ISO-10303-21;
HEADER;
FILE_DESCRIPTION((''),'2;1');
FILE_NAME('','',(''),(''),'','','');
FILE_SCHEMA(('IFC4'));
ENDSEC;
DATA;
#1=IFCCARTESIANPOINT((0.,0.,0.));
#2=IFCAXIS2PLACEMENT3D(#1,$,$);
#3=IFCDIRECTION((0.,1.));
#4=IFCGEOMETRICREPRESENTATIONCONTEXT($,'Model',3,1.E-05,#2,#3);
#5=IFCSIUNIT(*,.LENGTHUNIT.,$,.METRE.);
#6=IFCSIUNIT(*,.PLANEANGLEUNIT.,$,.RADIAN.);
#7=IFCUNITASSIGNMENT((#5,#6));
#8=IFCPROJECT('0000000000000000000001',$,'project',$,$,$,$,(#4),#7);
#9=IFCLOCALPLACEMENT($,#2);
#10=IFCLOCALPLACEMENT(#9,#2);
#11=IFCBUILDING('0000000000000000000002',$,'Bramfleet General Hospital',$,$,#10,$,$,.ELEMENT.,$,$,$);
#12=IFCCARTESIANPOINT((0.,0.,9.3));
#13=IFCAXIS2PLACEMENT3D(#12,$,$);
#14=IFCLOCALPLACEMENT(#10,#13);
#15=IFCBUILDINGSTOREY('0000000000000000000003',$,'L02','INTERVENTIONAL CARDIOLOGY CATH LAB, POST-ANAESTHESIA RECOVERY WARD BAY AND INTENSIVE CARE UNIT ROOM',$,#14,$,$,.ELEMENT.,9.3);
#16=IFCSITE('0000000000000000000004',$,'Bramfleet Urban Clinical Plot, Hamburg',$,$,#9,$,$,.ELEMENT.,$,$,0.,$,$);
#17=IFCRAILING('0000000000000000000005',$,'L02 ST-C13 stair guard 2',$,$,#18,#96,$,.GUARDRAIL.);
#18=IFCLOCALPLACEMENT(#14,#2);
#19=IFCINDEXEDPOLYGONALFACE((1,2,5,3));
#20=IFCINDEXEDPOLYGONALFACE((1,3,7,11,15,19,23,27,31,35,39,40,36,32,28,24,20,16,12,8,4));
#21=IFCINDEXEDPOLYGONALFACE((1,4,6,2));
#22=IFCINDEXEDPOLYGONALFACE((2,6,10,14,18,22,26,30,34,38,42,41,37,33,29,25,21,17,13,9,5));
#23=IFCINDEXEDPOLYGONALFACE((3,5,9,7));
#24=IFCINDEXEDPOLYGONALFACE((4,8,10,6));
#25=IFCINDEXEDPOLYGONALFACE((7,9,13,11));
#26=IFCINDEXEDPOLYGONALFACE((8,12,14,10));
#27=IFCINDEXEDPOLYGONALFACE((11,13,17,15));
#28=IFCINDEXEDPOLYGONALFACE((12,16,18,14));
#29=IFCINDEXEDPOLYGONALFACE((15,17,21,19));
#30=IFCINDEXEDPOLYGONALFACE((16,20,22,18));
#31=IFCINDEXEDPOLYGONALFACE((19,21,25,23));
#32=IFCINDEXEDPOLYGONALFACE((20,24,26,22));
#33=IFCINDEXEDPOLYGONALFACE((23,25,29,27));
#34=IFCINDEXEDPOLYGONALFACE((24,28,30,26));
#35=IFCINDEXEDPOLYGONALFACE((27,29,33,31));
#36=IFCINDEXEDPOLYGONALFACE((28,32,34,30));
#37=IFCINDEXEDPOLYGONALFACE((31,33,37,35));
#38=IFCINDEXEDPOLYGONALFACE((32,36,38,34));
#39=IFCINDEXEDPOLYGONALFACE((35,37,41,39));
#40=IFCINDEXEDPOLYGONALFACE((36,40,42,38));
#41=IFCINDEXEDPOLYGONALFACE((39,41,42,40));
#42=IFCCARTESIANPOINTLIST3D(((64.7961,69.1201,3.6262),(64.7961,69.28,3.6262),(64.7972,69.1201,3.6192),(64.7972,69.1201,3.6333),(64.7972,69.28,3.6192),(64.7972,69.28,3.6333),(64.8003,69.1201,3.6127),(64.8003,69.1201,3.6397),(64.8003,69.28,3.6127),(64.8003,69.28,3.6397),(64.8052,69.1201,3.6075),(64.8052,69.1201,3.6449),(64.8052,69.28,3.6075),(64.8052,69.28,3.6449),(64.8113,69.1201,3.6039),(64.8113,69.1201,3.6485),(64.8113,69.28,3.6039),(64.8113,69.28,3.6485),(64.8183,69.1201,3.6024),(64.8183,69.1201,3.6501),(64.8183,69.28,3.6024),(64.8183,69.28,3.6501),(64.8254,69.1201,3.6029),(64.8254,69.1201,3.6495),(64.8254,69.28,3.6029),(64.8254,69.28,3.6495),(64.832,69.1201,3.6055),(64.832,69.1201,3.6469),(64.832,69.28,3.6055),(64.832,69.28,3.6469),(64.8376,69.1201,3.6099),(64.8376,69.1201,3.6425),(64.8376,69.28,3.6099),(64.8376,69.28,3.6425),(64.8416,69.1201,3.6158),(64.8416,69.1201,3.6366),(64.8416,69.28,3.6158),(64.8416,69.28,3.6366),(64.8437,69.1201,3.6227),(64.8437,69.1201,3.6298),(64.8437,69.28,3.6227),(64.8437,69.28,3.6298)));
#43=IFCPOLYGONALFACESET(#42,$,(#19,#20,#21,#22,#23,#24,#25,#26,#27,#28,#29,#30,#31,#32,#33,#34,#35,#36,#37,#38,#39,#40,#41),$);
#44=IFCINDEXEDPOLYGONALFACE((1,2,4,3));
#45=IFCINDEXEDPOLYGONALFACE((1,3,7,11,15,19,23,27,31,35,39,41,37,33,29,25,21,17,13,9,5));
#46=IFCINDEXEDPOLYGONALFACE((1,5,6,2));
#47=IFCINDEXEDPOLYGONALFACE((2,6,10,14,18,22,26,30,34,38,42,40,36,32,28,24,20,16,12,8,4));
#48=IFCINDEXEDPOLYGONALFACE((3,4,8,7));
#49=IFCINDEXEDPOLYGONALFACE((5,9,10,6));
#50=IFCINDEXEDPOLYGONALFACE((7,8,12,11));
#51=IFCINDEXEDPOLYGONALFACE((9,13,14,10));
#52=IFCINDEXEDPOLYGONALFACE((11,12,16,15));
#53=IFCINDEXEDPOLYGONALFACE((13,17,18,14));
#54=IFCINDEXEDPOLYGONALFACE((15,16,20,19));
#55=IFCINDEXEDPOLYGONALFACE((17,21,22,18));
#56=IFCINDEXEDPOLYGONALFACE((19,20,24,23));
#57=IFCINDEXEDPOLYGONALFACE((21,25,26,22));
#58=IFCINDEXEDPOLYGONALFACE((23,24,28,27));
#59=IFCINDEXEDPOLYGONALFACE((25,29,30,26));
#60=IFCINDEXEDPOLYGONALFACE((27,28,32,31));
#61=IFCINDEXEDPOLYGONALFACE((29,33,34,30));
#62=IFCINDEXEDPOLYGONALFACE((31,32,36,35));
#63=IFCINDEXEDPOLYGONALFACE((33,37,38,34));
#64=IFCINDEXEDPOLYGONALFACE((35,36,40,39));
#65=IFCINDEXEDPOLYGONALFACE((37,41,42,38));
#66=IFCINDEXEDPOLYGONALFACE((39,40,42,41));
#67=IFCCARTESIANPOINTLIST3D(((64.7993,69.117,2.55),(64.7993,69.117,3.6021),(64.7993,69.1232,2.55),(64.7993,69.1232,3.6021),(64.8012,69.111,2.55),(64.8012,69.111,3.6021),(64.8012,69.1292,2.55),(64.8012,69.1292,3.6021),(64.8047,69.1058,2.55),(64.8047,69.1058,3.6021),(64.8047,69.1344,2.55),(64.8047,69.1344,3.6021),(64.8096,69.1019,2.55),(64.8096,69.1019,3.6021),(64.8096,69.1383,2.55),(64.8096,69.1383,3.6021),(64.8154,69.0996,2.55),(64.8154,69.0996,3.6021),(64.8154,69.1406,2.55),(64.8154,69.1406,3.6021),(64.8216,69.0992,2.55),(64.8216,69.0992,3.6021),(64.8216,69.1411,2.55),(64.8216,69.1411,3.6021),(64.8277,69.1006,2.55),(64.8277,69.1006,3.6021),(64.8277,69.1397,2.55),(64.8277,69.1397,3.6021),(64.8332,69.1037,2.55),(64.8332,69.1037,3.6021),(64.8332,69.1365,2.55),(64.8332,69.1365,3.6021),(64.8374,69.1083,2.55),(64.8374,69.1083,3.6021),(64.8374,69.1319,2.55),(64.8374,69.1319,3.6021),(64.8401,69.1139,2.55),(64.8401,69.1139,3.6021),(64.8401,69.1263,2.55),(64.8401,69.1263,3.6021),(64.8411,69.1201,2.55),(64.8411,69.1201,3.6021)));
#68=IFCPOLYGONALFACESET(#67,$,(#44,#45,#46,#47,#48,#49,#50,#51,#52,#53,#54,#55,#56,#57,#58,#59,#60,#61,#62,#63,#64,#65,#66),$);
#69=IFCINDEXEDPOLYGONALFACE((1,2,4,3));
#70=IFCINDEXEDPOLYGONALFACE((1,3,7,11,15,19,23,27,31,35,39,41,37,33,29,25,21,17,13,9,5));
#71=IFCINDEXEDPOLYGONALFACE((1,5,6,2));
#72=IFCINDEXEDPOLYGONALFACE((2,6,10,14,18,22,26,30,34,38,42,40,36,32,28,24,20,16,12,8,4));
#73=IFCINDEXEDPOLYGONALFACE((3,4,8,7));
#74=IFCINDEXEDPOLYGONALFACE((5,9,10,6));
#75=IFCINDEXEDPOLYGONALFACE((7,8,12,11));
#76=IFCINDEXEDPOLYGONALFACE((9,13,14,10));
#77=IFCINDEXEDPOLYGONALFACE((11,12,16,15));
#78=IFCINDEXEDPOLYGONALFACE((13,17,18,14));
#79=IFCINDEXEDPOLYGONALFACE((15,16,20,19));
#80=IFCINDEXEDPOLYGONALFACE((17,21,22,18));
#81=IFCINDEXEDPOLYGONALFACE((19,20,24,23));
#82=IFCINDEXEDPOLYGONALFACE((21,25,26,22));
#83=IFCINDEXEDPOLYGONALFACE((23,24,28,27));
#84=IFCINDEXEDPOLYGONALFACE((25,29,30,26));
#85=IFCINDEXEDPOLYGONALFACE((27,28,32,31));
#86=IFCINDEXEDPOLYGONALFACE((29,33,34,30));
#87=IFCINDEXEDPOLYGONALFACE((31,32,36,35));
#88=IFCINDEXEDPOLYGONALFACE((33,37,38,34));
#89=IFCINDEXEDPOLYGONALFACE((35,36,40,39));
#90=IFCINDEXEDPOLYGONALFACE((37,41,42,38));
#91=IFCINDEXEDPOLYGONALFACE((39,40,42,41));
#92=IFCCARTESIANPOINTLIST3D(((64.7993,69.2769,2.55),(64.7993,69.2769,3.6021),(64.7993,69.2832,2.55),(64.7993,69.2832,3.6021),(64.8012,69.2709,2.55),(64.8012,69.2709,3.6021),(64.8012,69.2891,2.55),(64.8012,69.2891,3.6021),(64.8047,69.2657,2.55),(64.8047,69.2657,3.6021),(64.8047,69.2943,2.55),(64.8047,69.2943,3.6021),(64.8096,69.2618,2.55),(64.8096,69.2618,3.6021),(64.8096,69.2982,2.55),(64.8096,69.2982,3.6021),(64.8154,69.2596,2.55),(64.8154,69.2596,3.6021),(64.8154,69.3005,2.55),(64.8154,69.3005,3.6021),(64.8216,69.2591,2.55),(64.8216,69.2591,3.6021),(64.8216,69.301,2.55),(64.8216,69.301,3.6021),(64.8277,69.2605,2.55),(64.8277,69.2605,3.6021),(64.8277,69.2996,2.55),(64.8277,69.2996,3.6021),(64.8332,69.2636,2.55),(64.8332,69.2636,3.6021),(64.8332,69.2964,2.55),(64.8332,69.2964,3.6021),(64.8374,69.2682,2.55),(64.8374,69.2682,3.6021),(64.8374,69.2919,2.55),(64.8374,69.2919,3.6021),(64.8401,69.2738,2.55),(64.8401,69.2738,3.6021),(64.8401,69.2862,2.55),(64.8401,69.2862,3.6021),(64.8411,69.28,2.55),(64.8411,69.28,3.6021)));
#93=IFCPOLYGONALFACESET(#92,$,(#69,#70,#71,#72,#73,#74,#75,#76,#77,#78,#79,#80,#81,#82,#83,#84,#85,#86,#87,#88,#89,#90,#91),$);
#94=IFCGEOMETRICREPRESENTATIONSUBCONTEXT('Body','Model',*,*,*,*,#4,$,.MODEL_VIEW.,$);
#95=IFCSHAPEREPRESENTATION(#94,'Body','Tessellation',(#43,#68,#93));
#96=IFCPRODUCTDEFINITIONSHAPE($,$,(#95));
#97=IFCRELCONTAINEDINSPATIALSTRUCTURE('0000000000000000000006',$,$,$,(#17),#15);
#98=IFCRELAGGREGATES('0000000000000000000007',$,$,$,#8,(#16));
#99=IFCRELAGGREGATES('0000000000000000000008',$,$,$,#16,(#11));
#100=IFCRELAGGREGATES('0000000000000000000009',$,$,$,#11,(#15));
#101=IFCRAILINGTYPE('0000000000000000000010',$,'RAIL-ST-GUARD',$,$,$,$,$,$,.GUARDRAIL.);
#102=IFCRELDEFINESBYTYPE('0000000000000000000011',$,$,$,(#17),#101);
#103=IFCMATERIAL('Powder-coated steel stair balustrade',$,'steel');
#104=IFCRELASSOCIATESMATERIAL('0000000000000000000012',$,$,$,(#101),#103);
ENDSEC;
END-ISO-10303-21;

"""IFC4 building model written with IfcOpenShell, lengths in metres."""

from ifc_helpers import new_model, si_unit, direction, frame, origin, origin_2d, place, context, subcontext, project, spatial, circle, extrude, material, type_object, element, save


model = new_model("IFC4")

# Units and contexts
model_context = context("Model", 3, precision=1e-05, world=origin(), true_north=direction((0.0, 1.0)))
body_context = subcontext(model_context, "Body", "Model", "MODEL_VIEW")
ifc_project = project(units=[si_unit("LENGTHUNIT", "METRE"), si_unit("PLANEANGLEUNIT", "RADIAN")], contexts=[model_context])

# Site, building, storey
site_placement = place(None, origin())
site = spatial("IfcSite", under=ifc_project, at=site_placement, Name="Bramfleet Urban Clinical Plot, Hamburg", CompositionType="ELEMENT", RefElevation=0.0)
building_placement = place(site_placement, origin())
building = spatial("IfcBuilding", under=site, at=building_placement, Name="Bramfleet General Hospital", CompositionType="ELEMENT")
storey_placement = place(building_placement, frame((0.0, 0.0, 9.3)))
storey = spatial("IfcBuildingStorey", under=building, at=storey_placement, Name="L02", Description="INTERVENTIONAL CARDIOLOGY CATH LAB, POST-ANAESTHESIA RECOVERY WARD BAY AND INTENSIVE CARE UNIT ROOM", CompositionType="ELEMENT", Elevation=9.3)

# Railing
ifc_material_1 = material(Name="Powder-coated steel stair balustrade", Category="steel")
railing_type_1 = type_object("IfcRailingType", Name="RAIL-ST-GUARD", PredefinedType="GUARDRAIL", material=ifc_material_1)
railing_1_placement = place(storey_placement, frame((64.8201, 69.1201, 2.55)))
element("IfcRailing", 1, at=railing_1_placement, inside=storey, type_object=railing_type_1, Name="L02 ST-C13 stair guard 2", PredefinedType="GUARDRAIL", context=body_context, shape_type="SweptSolid", body=[
    extrude(circle(Radius=0.0239, at=origin_2d()), frame((0.0, 0.0, 1.0762), z_axis=(0.0, 1.0, 0.0), x_axis=(-1.0, 0.0, 0.0)), (0.0, 0.0, 1.0), 0.1599),
    extrude(circle(Radius=0.021, at=origin_2d()), origin(), (0.0, 0.0, 1.0), 1.052),
    extrude(circle(Radius=0.021, at=origin_2d()), frame((0.0, 0.1599, 0.0)), (0.0, 0.0, 1.0), 1.052),
])

save(model, "model.ifc")
